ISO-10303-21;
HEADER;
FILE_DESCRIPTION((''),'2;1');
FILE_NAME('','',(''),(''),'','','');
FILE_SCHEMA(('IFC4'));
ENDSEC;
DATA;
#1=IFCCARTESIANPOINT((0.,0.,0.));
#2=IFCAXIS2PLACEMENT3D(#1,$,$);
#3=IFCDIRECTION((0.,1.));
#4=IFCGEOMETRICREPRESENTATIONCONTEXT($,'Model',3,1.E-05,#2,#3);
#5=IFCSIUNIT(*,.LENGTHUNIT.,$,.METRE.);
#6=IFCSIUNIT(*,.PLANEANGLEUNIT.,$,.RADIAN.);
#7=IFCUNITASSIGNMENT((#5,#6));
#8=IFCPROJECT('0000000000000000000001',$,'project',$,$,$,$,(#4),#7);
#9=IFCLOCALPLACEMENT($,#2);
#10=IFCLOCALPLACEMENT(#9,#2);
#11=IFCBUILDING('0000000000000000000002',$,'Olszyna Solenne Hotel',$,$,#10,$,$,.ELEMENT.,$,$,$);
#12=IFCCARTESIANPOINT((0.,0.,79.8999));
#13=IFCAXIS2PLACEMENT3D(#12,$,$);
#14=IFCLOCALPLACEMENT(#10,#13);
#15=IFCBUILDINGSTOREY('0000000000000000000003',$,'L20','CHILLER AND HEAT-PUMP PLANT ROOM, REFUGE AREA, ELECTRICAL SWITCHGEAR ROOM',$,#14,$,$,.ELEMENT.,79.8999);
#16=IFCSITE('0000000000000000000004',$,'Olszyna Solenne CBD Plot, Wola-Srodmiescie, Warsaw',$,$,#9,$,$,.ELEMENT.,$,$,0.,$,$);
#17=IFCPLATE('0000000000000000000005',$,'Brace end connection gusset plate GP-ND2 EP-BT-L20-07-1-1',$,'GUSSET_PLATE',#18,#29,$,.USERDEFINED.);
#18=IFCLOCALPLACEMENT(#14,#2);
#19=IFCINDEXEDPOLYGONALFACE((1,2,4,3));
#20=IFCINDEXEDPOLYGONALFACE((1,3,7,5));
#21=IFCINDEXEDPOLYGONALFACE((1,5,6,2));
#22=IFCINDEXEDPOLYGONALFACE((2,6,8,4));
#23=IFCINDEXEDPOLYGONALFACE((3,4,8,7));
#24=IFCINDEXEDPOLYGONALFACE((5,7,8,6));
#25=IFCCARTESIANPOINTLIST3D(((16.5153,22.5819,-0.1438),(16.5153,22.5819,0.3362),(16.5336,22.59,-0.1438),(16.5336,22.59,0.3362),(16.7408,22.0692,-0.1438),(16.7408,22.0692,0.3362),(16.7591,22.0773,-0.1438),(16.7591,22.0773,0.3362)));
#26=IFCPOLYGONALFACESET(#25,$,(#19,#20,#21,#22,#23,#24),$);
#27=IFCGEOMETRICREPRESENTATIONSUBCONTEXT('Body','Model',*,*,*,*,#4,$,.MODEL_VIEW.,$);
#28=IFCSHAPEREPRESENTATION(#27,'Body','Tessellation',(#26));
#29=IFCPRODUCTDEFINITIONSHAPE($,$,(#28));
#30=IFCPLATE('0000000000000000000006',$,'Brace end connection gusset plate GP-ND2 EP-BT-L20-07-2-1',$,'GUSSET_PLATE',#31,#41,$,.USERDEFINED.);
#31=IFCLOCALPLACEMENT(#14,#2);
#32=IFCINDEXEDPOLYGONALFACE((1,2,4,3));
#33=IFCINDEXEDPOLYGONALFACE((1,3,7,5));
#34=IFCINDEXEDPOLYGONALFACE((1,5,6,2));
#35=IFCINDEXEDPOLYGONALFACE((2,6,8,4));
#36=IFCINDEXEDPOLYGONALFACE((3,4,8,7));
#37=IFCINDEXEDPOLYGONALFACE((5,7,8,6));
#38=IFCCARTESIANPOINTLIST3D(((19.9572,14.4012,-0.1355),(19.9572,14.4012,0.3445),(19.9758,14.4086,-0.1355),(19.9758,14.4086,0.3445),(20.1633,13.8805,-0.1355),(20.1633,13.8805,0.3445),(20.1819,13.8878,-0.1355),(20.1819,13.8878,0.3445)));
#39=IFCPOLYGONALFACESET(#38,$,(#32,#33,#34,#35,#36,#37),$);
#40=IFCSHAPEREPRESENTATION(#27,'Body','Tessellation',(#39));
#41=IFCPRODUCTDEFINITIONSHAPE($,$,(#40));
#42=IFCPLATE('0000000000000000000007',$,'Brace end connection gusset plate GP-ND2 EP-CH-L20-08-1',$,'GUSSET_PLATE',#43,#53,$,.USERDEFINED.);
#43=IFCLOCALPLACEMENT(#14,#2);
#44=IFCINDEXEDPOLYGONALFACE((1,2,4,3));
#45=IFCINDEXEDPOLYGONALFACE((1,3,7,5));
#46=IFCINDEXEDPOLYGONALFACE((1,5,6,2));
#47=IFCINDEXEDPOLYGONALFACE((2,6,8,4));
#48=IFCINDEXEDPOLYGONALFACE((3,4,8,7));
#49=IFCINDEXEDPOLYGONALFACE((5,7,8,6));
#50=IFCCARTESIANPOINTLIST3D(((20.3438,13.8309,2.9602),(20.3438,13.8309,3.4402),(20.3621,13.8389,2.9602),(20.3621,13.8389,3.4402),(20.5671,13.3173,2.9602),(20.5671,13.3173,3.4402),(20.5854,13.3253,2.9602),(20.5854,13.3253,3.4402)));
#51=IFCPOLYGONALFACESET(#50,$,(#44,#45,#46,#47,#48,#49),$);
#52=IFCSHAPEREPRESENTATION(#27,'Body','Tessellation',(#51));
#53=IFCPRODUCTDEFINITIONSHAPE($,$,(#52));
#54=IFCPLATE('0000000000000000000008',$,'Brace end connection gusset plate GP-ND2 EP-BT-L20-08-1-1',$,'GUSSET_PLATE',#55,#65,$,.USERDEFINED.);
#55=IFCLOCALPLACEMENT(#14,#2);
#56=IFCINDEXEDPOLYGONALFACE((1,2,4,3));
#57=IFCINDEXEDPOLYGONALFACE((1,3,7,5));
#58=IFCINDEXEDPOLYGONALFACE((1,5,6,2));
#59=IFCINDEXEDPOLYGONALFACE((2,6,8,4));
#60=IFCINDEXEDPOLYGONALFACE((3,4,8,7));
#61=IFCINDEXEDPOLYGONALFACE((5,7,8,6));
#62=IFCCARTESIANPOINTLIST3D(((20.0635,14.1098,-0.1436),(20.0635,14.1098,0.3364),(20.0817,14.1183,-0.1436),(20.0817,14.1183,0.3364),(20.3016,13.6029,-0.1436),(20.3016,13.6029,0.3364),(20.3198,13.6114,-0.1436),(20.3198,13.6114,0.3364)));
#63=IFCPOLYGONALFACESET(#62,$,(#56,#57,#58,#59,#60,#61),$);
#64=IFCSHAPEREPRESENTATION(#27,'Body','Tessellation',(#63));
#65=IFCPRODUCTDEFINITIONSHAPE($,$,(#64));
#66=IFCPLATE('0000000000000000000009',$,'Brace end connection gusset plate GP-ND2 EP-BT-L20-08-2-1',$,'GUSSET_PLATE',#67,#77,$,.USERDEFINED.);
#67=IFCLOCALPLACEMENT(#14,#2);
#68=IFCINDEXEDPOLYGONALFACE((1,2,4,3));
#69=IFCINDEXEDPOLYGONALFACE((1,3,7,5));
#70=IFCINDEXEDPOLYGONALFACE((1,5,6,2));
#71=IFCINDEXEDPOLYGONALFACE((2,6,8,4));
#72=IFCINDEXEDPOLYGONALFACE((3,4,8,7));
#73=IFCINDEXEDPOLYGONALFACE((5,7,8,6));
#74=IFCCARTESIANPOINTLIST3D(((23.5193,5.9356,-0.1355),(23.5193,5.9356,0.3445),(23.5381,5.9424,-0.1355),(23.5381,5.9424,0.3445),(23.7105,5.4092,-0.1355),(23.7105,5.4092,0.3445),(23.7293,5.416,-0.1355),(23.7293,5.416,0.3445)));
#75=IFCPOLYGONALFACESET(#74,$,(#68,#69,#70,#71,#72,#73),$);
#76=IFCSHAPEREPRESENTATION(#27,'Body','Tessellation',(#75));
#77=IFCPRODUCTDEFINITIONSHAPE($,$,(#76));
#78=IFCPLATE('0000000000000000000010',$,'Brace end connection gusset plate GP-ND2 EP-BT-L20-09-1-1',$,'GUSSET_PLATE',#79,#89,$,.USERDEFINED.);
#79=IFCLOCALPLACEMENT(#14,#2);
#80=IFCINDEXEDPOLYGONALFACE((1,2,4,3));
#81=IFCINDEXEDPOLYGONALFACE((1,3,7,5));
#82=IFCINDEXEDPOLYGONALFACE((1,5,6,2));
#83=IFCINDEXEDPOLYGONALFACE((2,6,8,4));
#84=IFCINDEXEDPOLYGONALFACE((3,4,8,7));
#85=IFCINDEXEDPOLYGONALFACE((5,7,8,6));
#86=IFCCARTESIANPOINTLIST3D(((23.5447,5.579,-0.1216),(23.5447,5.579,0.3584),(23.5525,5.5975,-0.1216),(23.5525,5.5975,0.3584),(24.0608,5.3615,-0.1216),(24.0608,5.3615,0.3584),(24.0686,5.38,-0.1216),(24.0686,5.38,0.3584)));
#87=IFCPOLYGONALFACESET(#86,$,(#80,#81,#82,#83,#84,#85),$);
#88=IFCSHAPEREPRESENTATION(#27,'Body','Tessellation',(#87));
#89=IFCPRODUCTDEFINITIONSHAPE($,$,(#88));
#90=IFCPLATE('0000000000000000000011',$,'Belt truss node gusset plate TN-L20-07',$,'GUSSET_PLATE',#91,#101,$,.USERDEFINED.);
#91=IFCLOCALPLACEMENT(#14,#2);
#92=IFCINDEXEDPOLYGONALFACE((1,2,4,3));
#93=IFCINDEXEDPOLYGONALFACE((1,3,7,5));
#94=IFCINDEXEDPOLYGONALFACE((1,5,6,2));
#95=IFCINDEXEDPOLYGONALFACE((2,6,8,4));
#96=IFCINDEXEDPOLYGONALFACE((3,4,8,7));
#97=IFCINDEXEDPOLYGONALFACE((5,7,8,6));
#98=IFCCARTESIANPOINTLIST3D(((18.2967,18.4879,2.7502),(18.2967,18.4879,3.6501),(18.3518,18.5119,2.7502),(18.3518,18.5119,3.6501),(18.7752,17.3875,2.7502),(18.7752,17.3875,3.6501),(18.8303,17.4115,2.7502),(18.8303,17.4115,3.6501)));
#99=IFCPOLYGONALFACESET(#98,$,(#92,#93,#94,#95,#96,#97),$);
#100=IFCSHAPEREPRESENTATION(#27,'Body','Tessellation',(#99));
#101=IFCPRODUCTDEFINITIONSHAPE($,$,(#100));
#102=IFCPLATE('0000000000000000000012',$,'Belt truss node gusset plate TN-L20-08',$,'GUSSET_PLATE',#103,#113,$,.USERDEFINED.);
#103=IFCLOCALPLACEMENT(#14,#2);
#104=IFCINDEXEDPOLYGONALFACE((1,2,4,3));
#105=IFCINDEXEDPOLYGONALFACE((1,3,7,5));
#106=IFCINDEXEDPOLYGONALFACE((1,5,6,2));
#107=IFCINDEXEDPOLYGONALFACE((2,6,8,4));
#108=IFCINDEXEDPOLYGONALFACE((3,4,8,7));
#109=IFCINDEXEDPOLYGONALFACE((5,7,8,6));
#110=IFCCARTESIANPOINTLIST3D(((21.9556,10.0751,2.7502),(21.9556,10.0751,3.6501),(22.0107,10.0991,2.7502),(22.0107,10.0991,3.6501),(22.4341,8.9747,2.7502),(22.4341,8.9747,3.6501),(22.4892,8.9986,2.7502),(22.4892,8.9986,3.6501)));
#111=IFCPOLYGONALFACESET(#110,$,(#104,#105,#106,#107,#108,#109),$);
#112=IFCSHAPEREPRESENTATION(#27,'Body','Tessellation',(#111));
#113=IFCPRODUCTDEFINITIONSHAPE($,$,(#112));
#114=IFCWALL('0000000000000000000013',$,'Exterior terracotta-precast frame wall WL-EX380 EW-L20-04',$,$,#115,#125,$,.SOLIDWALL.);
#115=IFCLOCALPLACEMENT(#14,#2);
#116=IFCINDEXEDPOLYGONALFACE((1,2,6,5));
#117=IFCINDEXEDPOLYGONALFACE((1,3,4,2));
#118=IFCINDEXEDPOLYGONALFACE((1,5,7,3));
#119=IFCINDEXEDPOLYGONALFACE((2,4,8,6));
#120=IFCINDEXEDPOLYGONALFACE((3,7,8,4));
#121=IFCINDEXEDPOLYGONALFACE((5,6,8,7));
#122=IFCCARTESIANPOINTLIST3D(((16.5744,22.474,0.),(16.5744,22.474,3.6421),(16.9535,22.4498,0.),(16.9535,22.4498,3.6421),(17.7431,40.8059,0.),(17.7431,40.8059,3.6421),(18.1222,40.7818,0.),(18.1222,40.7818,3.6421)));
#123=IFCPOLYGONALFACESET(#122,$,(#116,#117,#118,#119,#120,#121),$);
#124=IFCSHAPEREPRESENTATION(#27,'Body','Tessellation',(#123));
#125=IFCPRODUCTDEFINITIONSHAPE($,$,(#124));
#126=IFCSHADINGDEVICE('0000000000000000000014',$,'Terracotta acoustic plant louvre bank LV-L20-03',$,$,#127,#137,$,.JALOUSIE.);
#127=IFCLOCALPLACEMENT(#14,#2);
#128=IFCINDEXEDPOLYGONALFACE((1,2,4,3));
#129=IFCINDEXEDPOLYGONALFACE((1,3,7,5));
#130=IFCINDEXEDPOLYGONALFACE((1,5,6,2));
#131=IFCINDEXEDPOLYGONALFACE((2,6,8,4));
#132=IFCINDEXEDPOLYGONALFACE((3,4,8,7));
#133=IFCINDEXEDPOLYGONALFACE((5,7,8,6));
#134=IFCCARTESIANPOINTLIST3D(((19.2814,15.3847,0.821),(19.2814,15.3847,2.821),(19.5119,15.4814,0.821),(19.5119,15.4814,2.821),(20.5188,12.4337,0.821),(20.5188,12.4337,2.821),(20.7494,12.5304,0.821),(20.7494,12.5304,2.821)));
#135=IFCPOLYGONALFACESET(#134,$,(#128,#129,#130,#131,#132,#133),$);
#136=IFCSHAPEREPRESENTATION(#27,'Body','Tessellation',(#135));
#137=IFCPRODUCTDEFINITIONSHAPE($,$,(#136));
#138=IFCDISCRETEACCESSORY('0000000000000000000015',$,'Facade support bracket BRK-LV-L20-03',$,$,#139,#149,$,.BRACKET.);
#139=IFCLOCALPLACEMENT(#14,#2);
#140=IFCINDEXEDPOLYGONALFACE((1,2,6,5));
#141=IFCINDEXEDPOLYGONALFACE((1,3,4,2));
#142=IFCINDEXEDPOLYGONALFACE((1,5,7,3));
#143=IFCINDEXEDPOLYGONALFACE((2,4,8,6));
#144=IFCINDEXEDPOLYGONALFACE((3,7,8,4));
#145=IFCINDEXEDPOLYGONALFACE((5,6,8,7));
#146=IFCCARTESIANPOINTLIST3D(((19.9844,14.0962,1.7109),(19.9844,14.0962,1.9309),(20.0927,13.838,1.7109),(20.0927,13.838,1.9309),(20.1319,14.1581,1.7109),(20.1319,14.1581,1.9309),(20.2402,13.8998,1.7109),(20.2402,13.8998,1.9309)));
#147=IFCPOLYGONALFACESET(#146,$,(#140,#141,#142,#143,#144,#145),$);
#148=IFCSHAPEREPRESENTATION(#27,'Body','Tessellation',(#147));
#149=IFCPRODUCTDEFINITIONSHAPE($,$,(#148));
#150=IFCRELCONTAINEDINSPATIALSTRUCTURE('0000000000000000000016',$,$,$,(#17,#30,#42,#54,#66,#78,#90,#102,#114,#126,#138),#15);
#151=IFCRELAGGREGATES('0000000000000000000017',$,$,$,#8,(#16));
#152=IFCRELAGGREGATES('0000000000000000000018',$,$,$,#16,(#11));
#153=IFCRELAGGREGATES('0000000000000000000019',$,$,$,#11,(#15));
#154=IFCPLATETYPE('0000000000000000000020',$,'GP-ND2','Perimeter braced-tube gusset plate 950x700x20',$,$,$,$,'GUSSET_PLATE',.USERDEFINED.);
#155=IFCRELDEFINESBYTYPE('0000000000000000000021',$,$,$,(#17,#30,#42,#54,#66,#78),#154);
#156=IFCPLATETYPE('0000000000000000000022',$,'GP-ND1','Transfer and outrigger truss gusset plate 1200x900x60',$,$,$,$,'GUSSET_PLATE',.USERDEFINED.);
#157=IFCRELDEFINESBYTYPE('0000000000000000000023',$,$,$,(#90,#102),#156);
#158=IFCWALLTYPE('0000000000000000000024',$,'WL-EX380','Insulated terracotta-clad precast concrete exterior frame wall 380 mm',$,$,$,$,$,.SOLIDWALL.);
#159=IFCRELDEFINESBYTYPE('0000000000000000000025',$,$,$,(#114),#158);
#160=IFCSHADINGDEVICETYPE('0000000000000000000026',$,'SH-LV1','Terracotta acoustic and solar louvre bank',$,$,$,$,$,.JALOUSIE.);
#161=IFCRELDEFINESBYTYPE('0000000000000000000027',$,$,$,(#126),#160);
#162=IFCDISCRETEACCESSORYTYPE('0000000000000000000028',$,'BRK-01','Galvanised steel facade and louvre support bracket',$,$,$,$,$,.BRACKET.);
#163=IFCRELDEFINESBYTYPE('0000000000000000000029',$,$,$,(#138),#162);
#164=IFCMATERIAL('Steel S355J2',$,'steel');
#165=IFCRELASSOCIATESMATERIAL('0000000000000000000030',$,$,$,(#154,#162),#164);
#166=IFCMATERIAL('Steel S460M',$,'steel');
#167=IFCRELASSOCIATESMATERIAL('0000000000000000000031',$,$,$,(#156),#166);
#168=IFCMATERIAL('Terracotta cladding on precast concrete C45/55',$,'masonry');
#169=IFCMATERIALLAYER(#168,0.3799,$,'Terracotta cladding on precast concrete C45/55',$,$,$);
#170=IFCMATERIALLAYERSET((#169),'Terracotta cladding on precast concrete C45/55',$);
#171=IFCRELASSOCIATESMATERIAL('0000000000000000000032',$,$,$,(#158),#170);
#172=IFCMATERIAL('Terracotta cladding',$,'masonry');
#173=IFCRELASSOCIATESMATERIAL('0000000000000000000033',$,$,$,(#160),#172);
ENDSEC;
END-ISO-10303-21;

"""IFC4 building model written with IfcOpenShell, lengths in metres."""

from ifc_helpers import new_model, si_unit, direction, frame, frame_2d, origin, origin_2d, place, context, subcontext, project, spatial, rectangle, extrude, source, transform, mapped, material, layer, layer_set, type_object, element, save


model = new_model("IFC4")

# Units and contexts
model_context = context("Model", 3, precision=1e-05, world=origin(), true_north=direction((0.0, 1.0)))
body_context = subcontext(model_context, "Body", "Model", "MODEL_VIEW")
ifc_project = project(units=[si_unit("LENGTHUNIT", "METRE"), si_unit("PLANEANGLEUNIT", "RADIAN")], contexts=[model_context])

# Site, building, storey
site_placement = place(None, origin())
site = spatial("IfcSite", under=ifc_project, at=site_placement, Name="Olszyna Solenne CBD Plot, Wola-Srodmiescie, Warsaw", CompositionType="ELEMENT", RefElevation=0.0)
building_placement = place(site_placement, origin())
building = spatial("IfcBuilding", under=site, at=building_placement, Name="Olszyna Solenne Hotel", CompositionType="ELEMENT")
storey_placement = place(building_placement, frame((0.0, 0.0, 79.8999)))
storey = spatial("IfcBuildingStorey", under=building, at=storey_placement, Name="L20", Description="CHILLER AND HEAT-PUMP PLANT ROOM, REFUGE AREA, ELECTRICAL SWITCHGEAR ROOM", CompositionType="ELEMENT", Elevation=79.8999)

# Shared definitions
ifc_material_1 = material(Name="Steel S460M", Category="steel")

# Shared definitions
ifc_material_2 = material(Name="Steel S355J2", Category="steel")

# Plates
plate_type_1 = type_object("IfcPlateType", Name="GP-ND2", Description="Perimeter braced-tube gusset plate 950x700x20", ElementType="GUSSET_PLATE", PredefinedType="USERDEFINED", material=ifc_material_2)
shared_shape_1 = source(origin(), body_context, "Body", "SweptSolid", [
    extrude(rectangle(XDim=0.5601, YDim=0.02, at=origin_2d()), origin(), (0.0, 0.0, 1.0), 0.48),
])
for number, where, z_axis, x_axis, name in (
    (1, (16.6372, 22.3296, -0.1438), (0.0, 0.0, 1.0), (0.402587, -0.915382, 0.0), "Brace end connection gusset plate GP-ND2 EP-BT-L20-07-1-1"),
    (2, (20.0696, 14.1445, -0.1355), (0.0, 0.0, 1.0), (-0.367962, 0.929841, 0.0), "Brace end connection gusset plate GP-ND2 EP-BT-L20-07-2-1"),
    (3, (20.4646, 13.5781, 2.9602), (0.0, 0.0, 1.0), (0.398749, -0.91706, 0.0), "Brace end connection gusset plate GP-ND2 EP-CH-L20-08-1"),
    (4, (20.1917, 13.8606, -0.1436), (0.0, 0.0, 1.0), (0.425147, -0.905124, 0.0), "Brace end connection gusset plate GP-ND2 EP-BT-L20-08-1-1"),
    (5, (23.6243, 5.6758, -0.1355), (0.0, 0.0, 1.0), (-0.341364, 0.939931, 0.0), "Brace end connection gusset plate GP-ND2 EP-BT-L20-08-2-1"),
    (6, (23.8066, 5.4795, -0.1216), (0.0, 0.0, 1.0), (0.921525, -0.38832, 0.0), "Brace end connection gusset plate GP-ND2 EP-BT-L20-09-1-1"),
):
    element("IfcPlate", number, at=place(storey_placement, frame(where, z_axis=z_axis, x_axis=x_axis)), inside=storey, type_object=plate_type_1, Name=name, ObjectType="GUSSET_PLATE", PredefinedType="USERDEFINED", context=body_context, shape_type="MappedRepresentation", body=[
        mapped(shared_shape_1, transform((0.0, 0.0, 0.0), x_axis=(1.0, 0.0, 0.0), y_axis=(0.0, 1.0, 0.0), z_axis=(0.0, 0.0, 1.0), scale=1.0)),
    ])
plate_type_2 = type_object("IfcPlateType", Name="GP-ND1", Description="Transfer and outrigger truss gusset plate 1200x900x60", ElementType="GUSSET_PLATE", PredefinedType="USERDEFINED", material=ifc_material_1)
shared_shape_2 = source(origin(), body_context, "Body", "SweptSolid", [
    extrude(rectangle(XDim=1.2, YDim=0.0601, at=origin_2d()), origin(), (0.0, 0.0, 1.0), 0.8999),
])
for number, where, z_axis, x_axis, name in (
    (7, (18.5635, 17.9497, 2.7502), (0.0, 0.0, 1.0), (0.398749, -0.91706, 0.0), "Belt truss node gusset plate TN-L20-07"),
    (8, (22.2224, 9.5369, 2.7502), (0.0, 0.0, 1.0), (0.398749, -0.91706, 0.0), "Belt truss node gusset plate TN-L20-08"),
):
    element("IfcPlate", number, at=place(storey_placement, frame(where, z_axis=z_axis, x_axis=x_axis)), inside=storey, type_object=plate_type_2, Name=name, ObjectType="GUSSET_PLATE", PredefinedType="USERDEFINED", context=body_context, shape_type="MappedRepresentation", body=[
        mapped(shared_shape_2, transform((0.0, 0.0, 0.0), x_axis=(1.0, 0.0, 0.0), y_axis=(0.0, 1.0, 0.0), z_axis=(0.0, 0.0, 1.0), scale=1.0)),
    ])

# Wall
ifc_material_3 = material(Name="Terracotta cladding on precast concrete C45/55", Category="masonry")
ifc_layer_1 = layer(ifc_material_3, 0.3799, Name="Terracotta cladding on precast concrete C45/55")
ifc_layer_set_1 = layer_set([ifc_layer_1], Name="Terracotta cladding on precast concrete C45/55")
wall_type = type_object("IfcWallType", Name="WL-EX380", Description="Insulated terracotta-clad precast concrete exterior frame wall 380 mm", PredefinedType="SOLIDWALL", material=ifc_layer_set_1)
wall_placement = place(storey_placement, frame((16.7639, 22.4619, 0.0), z_axis=(0.0, 0.0, 1.0), x_axis=(0.063623, 0.997974, 0.0)))
element("IfcWall", 9, at=wall_placement, inside=storey, type_object=wall_type, Name="Exterior terracotta-precast frame wall WL-EX380 EW-L20-04", PredefinedType="SOLIDWALL", context=body_context, shape_type="SweptSolid", body=[
    extrude(rectangle(XDim=18.3691, YDim=0.3799, at=frame_2d((9.1846, 0.0))), origin(), (0.0, 0.0, 1.0), 3.6421),
])

# Shading device
ifc_material_4 = material(Name="Terracotta cladding", Category="masonry")
shading_device_type = type_object("IfcShadingDeviceType", Name="SH-LV1", Description="Terracotta acoustic and solar louvre bank", PredefinedType="JALOUSIE", material=ifc_material_4)
shared_shape_3 = source(origin(), body_context, "Body", "SweptSolid", [
    extrude(rectangle(XDim=3.2, YDim=0.25, at=origin_2d()), origin(), (0.0, 0.0, 1.0), 2.0),
])
shading_device_placement = place(storey_placement, frame((20.0154, 13.9575, 0.821), z_axis=(0.0, 0.0, 1.0), x_axis=(-0.386711, 0.922201, 0.0)))
element("IfcShadingDevice", 10, at=shading_device_placement, inside=storey, type_object=shading_device_type, Name="Terracotta acoustic plant louvre bank LV-L20-03", PredefinedType="JALOUSIE", context=body_context, shape_type="MappedRepresentation", body=[
    mapped(shared_shape_3, transform((0.0, 0.0, 0.0), x_axis=(1.0, 0.0, 0.0), y_axis=(0.0, 1.0, 0.0), z_axis=(0.0, 0.0, 1.0), scale=1.0)),
])

# Discrete accessory
discrete_accessory_type = type_object("IfcDiscreteAccessoryType", Name="BRK-01", Description="Galvanised steel facade and louvre support bracket", PredefinedType="BRACKET", material=ifc_material_2)
shared_shape_4 = source(origin(), body_context, "Body", "SweptSolid", [
    extrude(rectangle(XDim=0.28, YDim=0.1599, at=origin_2d()), origin(), (0.0, 0.0, 1.0), 0.22),
])
discrete_accessory_placement = place(storey_placement, frame((20.1123, 13.998, 1.7109), z_axis=(0.0, 0.0, 1.0), x_axis=(-0.386711, 0.922201, 0.0)))
element("IfcDiscreteAccessory", 11, at=discrete_accessory_placement, inside=storey, type_object=discrete_accessory_type, Name="Facade support bracket BRK-LV-L20-03", PredefinedType="BRACKET", context=body_context, shape_type="MappedRepresentation", body=[
    mapped(shared_shape_4, transform((0.0, 0.0, 0.0), x_axis=(1.0, 0.0, 0.0), y_axis=(0.0, 1.0, 0.0), z_axis=(0.0, 0.0, 1.0), scale=1.0)),
])

save(model, "model.ifc")
